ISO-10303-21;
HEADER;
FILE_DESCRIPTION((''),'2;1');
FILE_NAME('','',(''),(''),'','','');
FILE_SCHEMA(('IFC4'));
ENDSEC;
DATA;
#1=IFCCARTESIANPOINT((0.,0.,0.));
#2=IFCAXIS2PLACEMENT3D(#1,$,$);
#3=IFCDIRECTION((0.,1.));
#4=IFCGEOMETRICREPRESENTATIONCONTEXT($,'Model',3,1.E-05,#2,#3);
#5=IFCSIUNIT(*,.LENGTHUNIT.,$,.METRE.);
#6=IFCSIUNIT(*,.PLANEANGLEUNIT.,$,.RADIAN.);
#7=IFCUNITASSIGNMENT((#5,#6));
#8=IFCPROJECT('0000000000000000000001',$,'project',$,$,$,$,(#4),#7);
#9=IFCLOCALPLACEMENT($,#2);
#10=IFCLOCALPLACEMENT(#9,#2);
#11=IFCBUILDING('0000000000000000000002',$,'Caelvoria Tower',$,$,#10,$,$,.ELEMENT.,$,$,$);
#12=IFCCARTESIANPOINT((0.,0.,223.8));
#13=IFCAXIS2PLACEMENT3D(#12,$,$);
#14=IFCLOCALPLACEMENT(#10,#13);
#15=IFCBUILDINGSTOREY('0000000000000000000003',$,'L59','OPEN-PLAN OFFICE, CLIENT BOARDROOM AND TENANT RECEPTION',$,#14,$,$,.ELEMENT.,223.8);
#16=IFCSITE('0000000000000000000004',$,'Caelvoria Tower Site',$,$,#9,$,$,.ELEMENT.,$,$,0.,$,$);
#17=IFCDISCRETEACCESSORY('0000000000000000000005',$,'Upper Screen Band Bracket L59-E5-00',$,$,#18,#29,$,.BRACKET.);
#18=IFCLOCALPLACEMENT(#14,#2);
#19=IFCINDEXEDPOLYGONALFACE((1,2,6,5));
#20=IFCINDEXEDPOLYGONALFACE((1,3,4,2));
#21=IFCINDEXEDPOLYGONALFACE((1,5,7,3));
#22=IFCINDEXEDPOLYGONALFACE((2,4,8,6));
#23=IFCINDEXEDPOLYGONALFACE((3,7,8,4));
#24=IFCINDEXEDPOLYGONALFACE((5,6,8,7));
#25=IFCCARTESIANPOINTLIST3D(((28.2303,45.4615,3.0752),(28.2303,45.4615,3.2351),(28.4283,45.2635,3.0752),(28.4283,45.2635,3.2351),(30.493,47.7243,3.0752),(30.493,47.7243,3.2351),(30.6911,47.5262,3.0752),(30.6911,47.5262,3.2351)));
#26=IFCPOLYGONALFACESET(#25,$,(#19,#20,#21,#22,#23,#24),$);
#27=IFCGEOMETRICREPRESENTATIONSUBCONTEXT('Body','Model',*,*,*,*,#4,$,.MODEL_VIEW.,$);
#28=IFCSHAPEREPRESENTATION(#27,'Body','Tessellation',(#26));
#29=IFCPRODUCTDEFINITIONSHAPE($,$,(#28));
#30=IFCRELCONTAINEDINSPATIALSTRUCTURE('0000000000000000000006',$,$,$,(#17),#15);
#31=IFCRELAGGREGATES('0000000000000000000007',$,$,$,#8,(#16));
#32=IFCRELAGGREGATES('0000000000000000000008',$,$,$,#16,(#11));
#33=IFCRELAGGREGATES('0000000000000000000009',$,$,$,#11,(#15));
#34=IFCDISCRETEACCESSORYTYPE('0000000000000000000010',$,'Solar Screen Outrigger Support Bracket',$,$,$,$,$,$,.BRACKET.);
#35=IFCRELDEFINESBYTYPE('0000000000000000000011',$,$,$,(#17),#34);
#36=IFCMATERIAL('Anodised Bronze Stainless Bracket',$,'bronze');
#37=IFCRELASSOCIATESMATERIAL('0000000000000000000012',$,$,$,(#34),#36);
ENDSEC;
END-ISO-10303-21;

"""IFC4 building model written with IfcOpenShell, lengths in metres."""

from ifc_helpers import new_model, si_unit, direction, frame, origin, origin_2d, place, context, subcontext, project, spatial, rectangle, extrude, material, type_object, element, save


model = new_model("IFC4")

# Units and contexts
model_context = context("Model", 3, precision=1e-05, world=origin(), true_north=direction((0.0, 1.0)))
body_context = subcontext(model_context, "Body", "Model", "MODEL_VIEW")
ifc_project = project(units=[si_unit("LENGTHUNIT", "METRE"), si_unit("PLANEANGLEUNIT", "RADIAN")], contexts=[model_context])

# Site, building, storey
site_placement = place(None, origin())
site = spatial("IfcSite", under=ifc_project, at=site_placement, Name="Caelvoria Tower Site", CompositionType="ELEMENT", RefElevation=0.0)
building_placement = place(site_placement, origin())
building = spatial("IfcBuilding", under=site, at=building_placement, Name="Caelvoria Tower", CompositionType="ELEMENT")
storey_placement = place(building_placement, frame((0.0, 0.0, 223.8)))
storey = spatial("IfcBuildingStorey", under=building, at=storey_placement, Name="L59", Description="OPEN-PLAN OFFICE, CLIENT BOARDROOM AND TENANT RECEPTION", CompositionType="ELEMENT", Elevation=223.8)

# Discrete accessory
ifc_material_1 = material(Name="Anodised Bronze Stainless Bracket", Category="bronze")
discrete_accessory_type = type_object("IfcDiscreteAccessoryType", Name="Solar Screen Outrigger Support Bracket", PredefinedType="BRACKET", material=ifc_material_1)
for number, where, z_axis, x_axis, name in (
    (1, (29.4607, 46.4939, 3.0752), (0.0, 0.0, 1.0), (-0.707107, -0.707107, 0.0), "Upper Screen Band Bracket L59-E5-00"),
):
    element("IfcDiscreteAccessory", number, at=place(storey_placement, frame(where, z_axis=z_axis, x_axis=x_axis)), inside=storey, type_object=discrete_accessory_type, Name=name, PredefinedType="BRACKET", context=body_context, shape_type="SweptSolid", body=[
        extrude(rectangle(XDim=3.2, YDim=0.28, at=origin_2d()), origin(), (0.0, 0.0, 1.0), 0.1599),
    ])

save(model, "model.ifc")
